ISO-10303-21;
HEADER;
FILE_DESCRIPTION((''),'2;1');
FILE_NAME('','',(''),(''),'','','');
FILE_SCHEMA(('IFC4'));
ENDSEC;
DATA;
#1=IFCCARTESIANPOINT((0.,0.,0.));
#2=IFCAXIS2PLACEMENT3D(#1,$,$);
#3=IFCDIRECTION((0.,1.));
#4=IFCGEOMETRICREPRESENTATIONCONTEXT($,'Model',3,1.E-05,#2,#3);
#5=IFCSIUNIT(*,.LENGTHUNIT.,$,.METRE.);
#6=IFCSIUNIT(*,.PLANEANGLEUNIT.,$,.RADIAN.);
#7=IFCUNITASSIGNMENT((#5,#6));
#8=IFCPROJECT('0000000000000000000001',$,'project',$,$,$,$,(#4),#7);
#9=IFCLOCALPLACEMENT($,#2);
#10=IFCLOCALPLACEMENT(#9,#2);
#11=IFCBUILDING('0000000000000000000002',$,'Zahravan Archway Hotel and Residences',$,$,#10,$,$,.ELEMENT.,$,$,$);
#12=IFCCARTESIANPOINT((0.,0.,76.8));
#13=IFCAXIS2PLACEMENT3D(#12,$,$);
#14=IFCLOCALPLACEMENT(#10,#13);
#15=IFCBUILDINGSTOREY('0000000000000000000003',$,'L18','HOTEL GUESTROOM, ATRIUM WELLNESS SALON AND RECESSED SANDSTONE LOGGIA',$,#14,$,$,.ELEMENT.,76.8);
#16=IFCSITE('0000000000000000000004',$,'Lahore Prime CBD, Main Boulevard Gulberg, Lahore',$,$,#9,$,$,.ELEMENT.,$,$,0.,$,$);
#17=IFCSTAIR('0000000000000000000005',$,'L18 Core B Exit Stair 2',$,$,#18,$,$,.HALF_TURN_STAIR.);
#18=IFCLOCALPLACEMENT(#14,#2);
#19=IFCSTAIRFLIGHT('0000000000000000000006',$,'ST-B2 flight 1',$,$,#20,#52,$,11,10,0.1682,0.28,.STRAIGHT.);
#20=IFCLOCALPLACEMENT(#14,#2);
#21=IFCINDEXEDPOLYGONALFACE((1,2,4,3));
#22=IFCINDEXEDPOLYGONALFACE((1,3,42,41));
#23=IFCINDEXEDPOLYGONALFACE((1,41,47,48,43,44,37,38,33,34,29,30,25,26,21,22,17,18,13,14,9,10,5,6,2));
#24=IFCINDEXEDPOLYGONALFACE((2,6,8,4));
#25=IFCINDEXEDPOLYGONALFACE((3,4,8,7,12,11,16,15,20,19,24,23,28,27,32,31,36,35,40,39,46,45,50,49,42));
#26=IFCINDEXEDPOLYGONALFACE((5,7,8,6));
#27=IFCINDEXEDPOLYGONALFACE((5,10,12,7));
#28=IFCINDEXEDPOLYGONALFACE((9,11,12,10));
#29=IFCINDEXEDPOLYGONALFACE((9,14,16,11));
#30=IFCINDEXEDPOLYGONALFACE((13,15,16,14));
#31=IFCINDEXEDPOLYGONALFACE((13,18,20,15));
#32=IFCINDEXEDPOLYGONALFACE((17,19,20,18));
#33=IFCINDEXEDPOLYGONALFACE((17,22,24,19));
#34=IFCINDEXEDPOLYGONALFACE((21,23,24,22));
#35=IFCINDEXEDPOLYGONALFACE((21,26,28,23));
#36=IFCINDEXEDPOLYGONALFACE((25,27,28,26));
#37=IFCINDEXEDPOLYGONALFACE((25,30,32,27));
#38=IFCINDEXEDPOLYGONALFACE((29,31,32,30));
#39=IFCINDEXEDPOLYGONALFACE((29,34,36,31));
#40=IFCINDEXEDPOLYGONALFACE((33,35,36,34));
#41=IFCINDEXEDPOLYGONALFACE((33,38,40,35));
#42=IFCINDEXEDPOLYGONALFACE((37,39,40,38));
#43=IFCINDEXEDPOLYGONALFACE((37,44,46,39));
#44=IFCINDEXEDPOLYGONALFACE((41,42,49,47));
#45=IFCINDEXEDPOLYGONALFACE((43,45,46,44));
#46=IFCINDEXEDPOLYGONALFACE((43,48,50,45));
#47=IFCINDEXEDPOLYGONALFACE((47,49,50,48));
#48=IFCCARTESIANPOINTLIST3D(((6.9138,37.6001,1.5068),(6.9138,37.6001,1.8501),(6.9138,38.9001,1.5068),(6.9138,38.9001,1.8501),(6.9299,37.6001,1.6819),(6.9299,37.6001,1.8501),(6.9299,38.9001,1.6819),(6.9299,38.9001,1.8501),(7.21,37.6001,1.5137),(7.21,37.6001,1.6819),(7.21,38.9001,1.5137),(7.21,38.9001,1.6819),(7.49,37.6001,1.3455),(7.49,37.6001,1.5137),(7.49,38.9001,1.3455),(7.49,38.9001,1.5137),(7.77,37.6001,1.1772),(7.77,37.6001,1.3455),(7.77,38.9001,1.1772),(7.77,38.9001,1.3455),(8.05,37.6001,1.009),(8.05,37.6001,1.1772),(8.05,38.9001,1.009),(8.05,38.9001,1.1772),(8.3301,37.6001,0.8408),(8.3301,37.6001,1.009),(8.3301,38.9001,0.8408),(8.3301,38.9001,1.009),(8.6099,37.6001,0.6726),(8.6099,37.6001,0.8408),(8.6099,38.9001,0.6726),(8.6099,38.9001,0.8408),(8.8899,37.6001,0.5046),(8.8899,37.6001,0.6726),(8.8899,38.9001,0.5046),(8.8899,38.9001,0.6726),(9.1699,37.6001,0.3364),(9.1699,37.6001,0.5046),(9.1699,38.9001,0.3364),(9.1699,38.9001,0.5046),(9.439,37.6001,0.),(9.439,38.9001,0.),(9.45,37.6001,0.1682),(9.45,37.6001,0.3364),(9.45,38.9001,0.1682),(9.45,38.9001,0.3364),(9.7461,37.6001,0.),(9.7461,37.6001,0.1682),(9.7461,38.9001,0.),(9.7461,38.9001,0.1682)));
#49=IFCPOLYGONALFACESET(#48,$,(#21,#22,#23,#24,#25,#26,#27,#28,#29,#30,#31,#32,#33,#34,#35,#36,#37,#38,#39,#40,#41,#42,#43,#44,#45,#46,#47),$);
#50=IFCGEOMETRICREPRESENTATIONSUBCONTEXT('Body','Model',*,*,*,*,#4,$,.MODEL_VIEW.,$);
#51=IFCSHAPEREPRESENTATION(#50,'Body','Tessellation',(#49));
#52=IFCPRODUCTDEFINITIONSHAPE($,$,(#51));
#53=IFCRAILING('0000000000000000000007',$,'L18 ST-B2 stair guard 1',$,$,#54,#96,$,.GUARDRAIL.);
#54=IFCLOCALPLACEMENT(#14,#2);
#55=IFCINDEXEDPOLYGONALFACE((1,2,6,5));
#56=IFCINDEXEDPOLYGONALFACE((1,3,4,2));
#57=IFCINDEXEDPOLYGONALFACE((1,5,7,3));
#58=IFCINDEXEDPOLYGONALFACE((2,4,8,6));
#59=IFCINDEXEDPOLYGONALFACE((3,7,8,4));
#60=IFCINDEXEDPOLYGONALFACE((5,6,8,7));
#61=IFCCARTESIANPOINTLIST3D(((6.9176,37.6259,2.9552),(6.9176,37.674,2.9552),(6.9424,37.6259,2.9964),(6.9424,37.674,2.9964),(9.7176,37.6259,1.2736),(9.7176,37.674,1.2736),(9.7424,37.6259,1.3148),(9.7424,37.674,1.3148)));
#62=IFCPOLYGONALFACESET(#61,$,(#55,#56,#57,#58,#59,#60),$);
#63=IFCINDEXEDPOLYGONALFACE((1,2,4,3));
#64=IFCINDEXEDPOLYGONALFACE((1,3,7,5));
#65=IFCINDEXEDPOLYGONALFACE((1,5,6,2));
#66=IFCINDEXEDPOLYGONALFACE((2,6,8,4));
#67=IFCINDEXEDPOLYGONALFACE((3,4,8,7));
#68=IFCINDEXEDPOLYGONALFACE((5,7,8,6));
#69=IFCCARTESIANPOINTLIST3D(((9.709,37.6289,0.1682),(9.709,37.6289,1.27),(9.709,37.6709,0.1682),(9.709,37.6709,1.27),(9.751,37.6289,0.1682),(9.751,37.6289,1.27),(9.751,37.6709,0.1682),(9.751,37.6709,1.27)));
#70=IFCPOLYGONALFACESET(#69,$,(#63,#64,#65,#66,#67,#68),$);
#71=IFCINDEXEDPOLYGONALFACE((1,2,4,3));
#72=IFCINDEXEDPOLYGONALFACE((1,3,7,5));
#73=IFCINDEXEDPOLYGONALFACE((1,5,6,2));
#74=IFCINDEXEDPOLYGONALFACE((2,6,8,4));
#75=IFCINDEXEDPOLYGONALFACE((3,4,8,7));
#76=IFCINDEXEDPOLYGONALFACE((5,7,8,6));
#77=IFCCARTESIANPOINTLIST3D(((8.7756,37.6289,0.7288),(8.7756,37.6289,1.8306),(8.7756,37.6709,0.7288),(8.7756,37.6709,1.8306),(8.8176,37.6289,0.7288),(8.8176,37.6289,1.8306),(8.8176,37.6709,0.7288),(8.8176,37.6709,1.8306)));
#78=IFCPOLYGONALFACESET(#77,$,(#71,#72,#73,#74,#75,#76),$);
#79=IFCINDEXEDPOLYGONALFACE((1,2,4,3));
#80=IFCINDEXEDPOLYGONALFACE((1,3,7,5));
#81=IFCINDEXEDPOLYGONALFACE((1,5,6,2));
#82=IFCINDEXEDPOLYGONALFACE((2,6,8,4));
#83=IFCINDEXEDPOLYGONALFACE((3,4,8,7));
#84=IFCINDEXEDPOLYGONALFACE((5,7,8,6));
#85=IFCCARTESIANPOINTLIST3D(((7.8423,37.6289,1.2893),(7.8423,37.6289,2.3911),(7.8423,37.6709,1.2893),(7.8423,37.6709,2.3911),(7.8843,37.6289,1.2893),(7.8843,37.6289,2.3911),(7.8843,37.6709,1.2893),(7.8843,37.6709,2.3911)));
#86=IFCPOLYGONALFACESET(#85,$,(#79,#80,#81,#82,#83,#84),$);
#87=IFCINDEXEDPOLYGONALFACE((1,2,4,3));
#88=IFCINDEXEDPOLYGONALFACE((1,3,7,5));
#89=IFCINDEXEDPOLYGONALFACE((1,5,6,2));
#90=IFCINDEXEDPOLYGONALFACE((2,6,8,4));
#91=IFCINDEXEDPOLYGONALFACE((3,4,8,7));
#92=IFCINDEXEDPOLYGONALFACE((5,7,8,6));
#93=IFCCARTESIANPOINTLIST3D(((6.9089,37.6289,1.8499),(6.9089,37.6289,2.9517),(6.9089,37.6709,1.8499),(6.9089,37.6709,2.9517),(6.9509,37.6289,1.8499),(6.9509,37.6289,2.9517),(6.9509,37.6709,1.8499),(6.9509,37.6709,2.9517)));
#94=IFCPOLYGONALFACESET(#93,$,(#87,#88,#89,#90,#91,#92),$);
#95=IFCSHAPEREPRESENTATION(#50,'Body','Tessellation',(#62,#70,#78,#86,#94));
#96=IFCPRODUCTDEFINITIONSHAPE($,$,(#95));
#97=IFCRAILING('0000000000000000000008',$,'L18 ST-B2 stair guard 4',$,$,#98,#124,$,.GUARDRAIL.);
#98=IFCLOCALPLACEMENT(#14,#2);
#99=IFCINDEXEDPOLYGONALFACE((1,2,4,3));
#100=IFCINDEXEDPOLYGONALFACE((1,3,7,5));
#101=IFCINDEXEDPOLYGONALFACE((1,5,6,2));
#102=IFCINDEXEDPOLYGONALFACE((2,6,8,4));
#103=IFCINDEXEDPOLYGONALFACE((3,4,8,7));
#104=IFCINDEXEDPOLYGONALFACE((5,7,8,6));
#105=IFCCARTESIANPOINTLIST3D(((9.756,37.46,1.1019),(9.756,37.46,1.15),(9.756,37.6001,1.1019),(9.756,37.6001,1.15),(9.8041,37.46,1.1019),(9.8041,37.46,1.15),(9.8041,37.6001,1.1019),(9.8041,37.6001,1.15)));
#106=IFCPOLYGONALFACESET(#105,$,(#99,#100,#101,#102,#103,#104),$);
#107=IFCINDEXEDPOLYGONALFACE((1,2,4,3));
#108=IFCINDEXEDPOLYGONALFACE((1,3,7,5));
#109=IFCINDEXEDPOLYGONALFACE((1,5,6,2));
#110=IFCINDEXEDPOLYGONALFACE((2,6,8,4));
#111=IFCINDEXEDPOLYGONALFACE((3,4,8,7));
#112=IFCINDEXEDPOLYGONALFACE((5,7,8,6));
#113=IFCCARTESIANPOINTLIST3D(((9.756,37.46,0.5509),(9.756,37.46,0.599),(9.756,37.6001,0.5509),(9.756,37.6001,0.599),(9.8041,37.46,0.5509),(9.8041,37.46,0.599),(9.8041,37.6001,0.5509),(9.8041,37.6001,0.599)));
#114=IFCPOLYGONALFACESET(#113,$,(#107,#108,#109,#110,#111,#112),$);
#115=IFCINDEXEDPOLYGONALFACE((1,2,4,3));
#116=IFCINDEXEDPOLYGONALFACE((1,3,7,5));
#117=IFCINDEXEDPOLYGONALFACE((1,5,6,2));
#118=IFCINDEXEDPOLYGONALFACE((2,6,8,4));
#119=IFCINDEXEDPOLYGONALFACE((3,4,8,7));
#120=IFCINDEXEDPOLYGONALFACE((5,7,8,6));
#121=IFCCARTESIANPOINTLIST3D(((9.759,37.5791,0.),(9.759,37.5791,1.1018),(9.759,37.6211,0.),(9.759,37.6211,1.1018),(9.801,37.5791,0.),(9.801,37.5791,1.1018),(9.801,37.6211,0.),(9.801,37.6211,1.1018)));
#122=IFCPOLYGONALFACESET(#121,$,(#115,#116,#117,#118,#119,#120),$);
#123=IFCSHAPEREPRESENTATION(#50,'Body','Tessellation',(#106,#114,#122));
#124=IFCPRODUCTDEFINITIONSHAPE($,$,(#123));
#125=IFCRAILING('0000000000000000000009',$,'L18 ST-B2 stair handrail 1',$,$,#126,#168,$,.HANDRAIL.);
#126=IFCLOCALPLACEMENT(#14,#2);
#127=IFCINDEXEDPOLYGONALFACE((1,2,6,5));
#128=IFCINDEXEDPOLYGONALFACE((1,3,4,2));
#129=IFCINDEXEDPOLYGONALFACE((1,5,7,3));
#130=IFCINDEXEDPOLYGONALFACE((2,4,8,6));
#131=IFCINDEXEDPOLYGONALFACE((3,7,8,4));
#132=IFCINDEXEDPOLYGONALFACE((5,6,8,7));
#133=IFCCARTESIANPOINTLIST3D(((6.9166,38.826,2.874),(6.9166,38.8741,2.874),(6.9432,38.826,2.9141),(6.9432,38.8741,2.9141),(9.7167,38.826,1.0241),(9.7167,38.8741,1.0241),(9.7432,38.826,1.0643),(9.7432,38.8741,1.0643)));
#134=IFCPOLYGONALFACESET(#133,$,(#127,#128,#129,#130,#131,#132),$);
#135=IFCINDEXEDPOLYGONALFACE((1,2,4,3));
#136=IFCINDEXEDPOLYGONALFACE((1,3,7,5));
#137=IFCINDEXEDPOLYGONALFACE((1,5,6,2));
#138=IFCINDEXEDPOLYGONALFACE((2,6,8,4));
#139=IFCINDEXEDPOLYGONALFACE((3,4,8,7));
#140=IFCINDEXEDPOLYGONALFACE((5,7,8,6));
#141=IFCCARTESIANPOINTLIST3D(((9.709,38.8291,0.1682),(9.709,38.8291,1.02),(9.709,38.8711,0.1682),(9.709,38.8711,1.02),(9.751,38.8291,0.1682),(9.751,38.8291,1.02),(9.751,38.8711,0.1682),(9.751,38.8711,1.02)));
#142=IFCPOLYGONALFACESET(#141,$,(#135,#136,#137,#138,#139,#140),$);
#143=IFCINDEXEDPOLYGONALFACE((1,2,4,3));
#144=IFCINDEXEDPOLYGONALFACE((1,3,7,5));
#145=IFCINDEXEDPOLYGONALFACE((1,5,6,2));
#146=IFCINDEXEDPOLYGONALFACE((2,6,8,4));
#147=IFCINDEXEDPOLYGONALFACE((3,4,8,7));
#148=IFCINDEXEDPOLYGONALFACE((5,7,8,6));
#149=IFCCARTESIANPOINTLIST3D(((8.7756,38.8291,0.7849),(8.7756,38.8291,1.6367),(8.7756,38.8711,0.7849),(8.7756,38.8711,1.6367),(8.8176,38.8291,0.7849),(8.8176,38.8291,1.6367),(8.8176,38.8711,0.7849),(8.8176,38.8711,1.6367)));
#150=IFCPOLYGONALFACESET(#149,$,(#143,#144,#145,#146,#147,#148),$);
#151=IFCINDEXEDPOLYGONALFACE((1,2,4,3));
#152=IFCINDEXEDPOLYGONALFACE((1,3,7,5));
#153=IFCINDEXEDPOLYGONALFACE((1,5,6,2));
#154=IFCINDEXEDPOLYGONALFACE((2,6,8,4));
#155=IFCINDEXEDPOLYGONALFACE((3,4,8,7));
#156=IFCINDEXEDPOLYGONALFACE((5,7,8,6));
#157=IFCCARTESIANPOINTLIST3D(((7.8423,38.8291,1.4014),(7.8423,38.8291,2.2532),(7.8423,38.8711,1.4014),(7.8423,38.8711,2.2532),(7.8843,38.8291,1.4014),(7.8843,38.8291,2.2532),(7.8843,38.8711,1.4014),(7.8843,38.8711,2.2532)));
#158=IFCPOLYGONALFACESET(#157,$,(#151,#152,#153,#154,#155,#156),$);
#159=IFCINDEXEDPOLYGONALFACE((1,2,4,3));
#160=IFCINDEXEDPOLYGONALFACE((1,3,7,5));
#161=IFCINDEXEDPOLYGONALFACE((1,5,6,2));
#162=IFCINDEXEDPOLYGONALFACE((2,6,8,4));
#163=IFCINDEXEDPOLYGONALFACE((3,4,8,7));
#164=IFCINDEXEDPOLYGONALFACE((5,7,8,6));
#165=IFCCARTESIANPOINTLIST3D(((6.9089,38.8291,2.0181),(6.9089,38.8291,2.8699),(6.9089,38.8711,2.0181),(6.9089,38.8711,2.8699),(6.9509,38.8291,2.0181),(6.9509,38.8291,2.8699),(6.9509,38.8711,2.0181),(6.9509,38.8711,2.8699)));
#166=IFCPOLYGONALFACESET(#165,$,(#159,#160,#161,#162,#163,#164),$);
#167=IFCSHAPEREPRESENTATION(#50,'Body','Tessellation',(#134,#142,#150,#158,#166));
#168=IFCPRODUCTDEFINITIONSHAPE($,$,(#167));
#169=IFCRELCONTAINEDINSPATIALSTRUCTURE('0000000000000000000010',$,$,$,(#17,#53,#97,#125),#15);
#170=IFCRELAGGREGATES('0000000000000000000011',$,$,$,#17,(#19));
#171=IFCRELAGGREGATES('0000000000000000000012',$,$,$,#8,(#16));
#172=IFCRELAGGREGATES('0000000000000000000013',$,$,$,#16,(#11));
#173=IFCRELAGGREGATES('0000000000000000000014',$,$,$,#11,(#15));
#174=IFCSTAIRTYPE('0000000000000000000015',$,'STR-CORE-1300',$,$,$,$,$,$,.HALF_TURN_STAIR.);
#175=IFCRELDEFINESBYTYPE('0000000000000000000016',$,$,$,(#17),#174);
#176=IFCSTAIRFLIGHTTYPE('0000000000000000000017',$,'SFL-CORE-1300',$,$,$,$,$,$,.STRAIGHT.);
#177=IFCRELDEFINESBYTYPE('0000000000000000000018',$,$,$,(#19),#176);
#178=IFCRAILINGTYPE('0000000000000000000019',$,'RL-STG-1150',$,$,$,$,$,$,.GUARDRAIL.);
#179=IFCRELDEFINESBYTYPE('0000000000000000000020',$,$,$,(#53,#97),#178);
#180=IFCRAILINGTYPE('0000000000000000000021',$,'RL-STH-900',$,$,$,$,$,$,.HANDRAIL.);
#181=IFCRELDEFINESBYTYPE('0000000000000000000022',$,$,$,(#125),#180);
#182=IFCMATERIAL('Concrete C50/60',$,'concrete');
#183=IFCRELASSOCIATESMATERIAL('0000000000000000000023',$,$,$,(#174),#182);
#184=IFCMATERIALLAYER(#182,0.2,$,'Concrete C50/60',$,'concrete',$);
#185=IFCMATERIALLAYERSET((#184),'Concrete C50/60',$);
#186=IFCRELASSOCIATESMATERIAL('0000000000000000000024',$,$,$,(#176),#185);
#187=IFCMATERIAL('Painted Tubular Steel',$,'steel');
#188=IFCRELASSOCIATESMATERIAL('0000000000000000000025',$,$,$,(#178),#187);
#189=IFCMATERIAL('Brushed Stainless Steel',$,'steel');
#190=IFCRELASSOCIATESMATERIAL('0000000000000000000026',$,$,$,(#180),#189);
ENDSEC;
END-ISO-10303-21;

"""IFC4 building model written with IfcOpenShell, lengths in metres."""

from ifc_helpers import new_model, si_unit, direction, frame, origin, origin_2d, place, context, subcontext, project, spatial, polyline, rectangle, outline, extrude, source, transform, mapped, material, layer, layer_set, type_object, element, aggregate, save


model = new_model("IFC4")

# Units and contexts
model_context = context("Model", 3, precision=1e-05, world=origin(), true_north=direction((0.0, 1.0)))
body_context = subcontext(model_context, "Body", "Model", "MODEL_VIEW")
ifc_project = project(units=[si_unit("LENGTHUNIT", "METRE"), si_unit("PLANEANGLEUNIT", "RADIAN")], contexts=[model_context])

# Site, building, storey
site_placement = place(None, origin())
site = spatial("IfcSite", under=ifc_project, at=site_placement, Name="Lahore Prime CBD, Main Boulevard Gulberg, Lahore", CompositionType="ELEMENT", RefElevation=0.0)
building_placement = place(site_placement, origin())
building = spatial("IfcBuilding", under=site, at=building_placement, Name="Zahravan Archway Hotel and Residences", CompositionType="ELEMENT")
storey_placement = place(building_placement, frame((0.0, 0.0, 76.8)))
storey = spatial("IfcBuildingStorey", under=building, at=storey_placement, Name="L18", Description="HOTEL GUESTROOM, ATRIUM WELLNESS SALON AND RECESSED SANDSTONE LOGGIA", CompositionType="ELEMENT", Elevation=76.8)

# Stair, stair flight
ifc_material_1 = material(Name="Concrete C50/60", Category="concrete")
stair_type = type_object("IfcStairType", Name="STR-CORE-1300", PredefinedType="HALF_TURN_STAIR", material=ifc_material_1)
stair_placement = place(storey_placement, origin())
stair = element("IfcStair", 1, at=stair_placement, inside=storey, type_object=stair_type, Name="L18 Core B Exit Stair 2", PredefinedType="HALF_TURN_STAIR")
ifc_layer_1 = layer(ifc_material_1, 0.2, Name="Concrete C50/60", Category="concrete")
ifc_layer_set_1 = layer_set([ifc_layer_1], Name="Concrete C50/60")
stair_flight_type = type_object("IfcStairFlightType", Name="SFL-CORE-1300", PredefinedType="STRAIGHT", material=ifc_layer_set_1)
shared_shape_1 = source(origin(), body_context, "Body", "SweptSolid", [
    extrude(outline(polyline([(-0.0161, 0.0), (-0.0161, 0.1682), (0.28, 0.1682), (0.28, 0.3364), (0.5601, 0.3364), (0.5601, 0.5046), (0.8401, 0.5046), (0.8401, 0.6726), (1.1201, 0.6726), (1.1201, 0.8408), (1.3999, 0.8408), (1.3999, 1.009), (1.6799, 1.009), (1.6799, 1.1772), (1.96, 1.1772), (1.96, 1.3455), (2.24, 1.3455), (2.24, 1.5137), (2.52, 1.5137), (2.52, 1.6819), (2.8, 1.6819), (2.8, 1.8501), (2.8162, 1.8501), (2.8162, 1.5068), (0.291, 0.0), (-0.0161, 0.0)])), frame((0.0, 0.6499, 0.0), z_axis=(0.0, -1.0, 0.0), x_axis=(1.0, 0.0, 0.0)), (0.0, 0.0, 1.0), 1.3),
])
stair_flight_placement = place(storey_placement, frame((9.73, 38.25, 0.0), z_axis=(0.0, 0.0, 1.0), x_axis=(-1.0, 0.0, 0.0)))
stair_flight = element("IfcStairFlight", 2, at=stair_flight_placement, type_object=stair_flight_type, Name="ST-B2 flight 1", NumberOfRisers=11, NumberOfTreads=10, PredefinedType="STRAIGHT", RiserHeight=0.1682, TreadLength=0.28, context=body_context, shape_type="MappedRepresentation", body=[
    mapped(shared_shape_1, transform((0.0, 0.0, 0.0), scale=1.0)),
])
aggregate(stair, [stair_flight])

# Railings
ifc_material_2 = material(Name="Painted Tubular Steel", Category="steel")
railing_type_1 = type_object("IfcRailingType", Name="RL-STG-1150", PredefinedType="GUARDRAIL", material=ifc_material_2)
railing_1_placement = place(storey_placement, frame((9.73, 37.6499, 0.1682)))
element("IfcRailing", 3, at=railing_1_placement, inside=storey, type_object=railing_type_1, Name="L18 ST-B2 stair guard 1", PredefinedType="GUARDRAIL", context=body_context, shape_type="SweptSolid", body=[
    extrude(rectangle(XDim=0.0481, YDim=0.0481, at=origin_2d()), frame((0.0, 0.0, 1.126), z_axis=(-0.857275, 0.0, 0.514858), x_axis=(0.0, -1.0, 0.0)), (0.0, 0.0, 1.0), 3.2661),
    extrude(rectangle(XDim=0.042, YDim=0.042, at=origin_2d()), origin(), (0.0, 0.0, 1.0), 1.1018),
    extrude(rectangle(XDim=0.042, YDim=0.042, at=origin_2d()), frame((-0.9333, 0.0, 0.5605)), (0.0, 0.0, 1.0), 1.1018),
    extrude(rectangle(XDim=0.042, YDim=0.042, at=origin_2d()), frame((-1.8667, 0.0, 1.1211)), (0.0, 0.0, 1.0), 1.1018),
    extrude(rectangle(XDim=0.042, YDim=0.042, at=origin_2d()), frame((-2.8, 0.0, 1.6816)), (0.0, 0.0, 1.0), 1.1018),
])
railing_2_placement = place(storey_placement, frame((9.78, 37.6001, 0.0)))
element("IfcRailing", 4, at=railing_2_placement, inside=storey, type_object=railing_type_1, Name="L18 ST-B2 stair guard 4", PredefinedType="GUARDRAIL", context=body_context, shape_type="SweptSolid", body=[
    extrude(rectangle(XDim=0.0481, YDim=0.0481, at=origin_2d()), frame((0.0, 0.0, 1.126), z_axis=(0.0, -1.0, 0.0), x_axis=(1.0, 0.0, 0.0)), (0.0, 0.0, 1.0), 0.1401),
    extrude(rectangle(XDim=0.0481, YDim=0.0481, at=origin_2d()), frame((0.0, 0.0, 0.575), z_axis=(0.0, -1.0, 0.0), x_axis=(1.0, 0.0, 0.0)), (0.0, 0.0, 1.0), 0.1401),
    extrude(rectangle(XDim=0.042, YDim=0.042, at=origin_2d()), origin(), (0.0, 0.0, 1.0), 1.1018),
])
ifc_material_3 = material(Name="Brushed Stainless Steel", Category="steel")
railing_type_2 = type_object("IfcRailingType", Name="RL-STH-900", PredefinedType="HANDRAIL", material=ifc_material_3)
railing_3_placement = place(storey_placement, frame((9.73, 38.8501, 0.1682)))
element("IfcRailing", 5, at=railing_3_placement, inside=storey, type_object=railing_type_2, Name="L18 ST-B2 stair handrail 1", PredefinedType="HANDRAIL", context=body_context, shape_type="SweptSolid", body=[
    extrude(rectangle(XDim=0.0481, YDim=0.0481, at=origin_2d()), frame((0.0, 0.0, 0.876), z_axis=(-0.83436, 0.0, 0.55122), x_axis=(0.0, -1.0, 0.0)), (0.0, 0.0, 1.0), 3.356),
    extrude(rectangle(XDim=0.042, YDim=0.042, at=origin_2d()), origin(), (0.0, 0.0, 1.0), 0.8518),
    extrude(rectangle(XDim=0.042, YDim=0.042, at=origin_2d()), frame((-0.9333, 0.0, 0.6167)), (0.0, 0.0, 1.0), 0.8518),
    extrude(rectangle(XDim=0.042, YDim=0.042, at=origin_2d()), frame((-1.8667, 0.0, 1.2332)), (0.0, 0.0, 1.0), 0.8518),
    extrude(rectangle(XDim=0.042, YDim=0.042, at=origin_2d()), frame((-2.8, 0.0, 1.8499)), (0.0, 0.0, 1.0), 0.8518),
])

save(model, "model.ifc")
